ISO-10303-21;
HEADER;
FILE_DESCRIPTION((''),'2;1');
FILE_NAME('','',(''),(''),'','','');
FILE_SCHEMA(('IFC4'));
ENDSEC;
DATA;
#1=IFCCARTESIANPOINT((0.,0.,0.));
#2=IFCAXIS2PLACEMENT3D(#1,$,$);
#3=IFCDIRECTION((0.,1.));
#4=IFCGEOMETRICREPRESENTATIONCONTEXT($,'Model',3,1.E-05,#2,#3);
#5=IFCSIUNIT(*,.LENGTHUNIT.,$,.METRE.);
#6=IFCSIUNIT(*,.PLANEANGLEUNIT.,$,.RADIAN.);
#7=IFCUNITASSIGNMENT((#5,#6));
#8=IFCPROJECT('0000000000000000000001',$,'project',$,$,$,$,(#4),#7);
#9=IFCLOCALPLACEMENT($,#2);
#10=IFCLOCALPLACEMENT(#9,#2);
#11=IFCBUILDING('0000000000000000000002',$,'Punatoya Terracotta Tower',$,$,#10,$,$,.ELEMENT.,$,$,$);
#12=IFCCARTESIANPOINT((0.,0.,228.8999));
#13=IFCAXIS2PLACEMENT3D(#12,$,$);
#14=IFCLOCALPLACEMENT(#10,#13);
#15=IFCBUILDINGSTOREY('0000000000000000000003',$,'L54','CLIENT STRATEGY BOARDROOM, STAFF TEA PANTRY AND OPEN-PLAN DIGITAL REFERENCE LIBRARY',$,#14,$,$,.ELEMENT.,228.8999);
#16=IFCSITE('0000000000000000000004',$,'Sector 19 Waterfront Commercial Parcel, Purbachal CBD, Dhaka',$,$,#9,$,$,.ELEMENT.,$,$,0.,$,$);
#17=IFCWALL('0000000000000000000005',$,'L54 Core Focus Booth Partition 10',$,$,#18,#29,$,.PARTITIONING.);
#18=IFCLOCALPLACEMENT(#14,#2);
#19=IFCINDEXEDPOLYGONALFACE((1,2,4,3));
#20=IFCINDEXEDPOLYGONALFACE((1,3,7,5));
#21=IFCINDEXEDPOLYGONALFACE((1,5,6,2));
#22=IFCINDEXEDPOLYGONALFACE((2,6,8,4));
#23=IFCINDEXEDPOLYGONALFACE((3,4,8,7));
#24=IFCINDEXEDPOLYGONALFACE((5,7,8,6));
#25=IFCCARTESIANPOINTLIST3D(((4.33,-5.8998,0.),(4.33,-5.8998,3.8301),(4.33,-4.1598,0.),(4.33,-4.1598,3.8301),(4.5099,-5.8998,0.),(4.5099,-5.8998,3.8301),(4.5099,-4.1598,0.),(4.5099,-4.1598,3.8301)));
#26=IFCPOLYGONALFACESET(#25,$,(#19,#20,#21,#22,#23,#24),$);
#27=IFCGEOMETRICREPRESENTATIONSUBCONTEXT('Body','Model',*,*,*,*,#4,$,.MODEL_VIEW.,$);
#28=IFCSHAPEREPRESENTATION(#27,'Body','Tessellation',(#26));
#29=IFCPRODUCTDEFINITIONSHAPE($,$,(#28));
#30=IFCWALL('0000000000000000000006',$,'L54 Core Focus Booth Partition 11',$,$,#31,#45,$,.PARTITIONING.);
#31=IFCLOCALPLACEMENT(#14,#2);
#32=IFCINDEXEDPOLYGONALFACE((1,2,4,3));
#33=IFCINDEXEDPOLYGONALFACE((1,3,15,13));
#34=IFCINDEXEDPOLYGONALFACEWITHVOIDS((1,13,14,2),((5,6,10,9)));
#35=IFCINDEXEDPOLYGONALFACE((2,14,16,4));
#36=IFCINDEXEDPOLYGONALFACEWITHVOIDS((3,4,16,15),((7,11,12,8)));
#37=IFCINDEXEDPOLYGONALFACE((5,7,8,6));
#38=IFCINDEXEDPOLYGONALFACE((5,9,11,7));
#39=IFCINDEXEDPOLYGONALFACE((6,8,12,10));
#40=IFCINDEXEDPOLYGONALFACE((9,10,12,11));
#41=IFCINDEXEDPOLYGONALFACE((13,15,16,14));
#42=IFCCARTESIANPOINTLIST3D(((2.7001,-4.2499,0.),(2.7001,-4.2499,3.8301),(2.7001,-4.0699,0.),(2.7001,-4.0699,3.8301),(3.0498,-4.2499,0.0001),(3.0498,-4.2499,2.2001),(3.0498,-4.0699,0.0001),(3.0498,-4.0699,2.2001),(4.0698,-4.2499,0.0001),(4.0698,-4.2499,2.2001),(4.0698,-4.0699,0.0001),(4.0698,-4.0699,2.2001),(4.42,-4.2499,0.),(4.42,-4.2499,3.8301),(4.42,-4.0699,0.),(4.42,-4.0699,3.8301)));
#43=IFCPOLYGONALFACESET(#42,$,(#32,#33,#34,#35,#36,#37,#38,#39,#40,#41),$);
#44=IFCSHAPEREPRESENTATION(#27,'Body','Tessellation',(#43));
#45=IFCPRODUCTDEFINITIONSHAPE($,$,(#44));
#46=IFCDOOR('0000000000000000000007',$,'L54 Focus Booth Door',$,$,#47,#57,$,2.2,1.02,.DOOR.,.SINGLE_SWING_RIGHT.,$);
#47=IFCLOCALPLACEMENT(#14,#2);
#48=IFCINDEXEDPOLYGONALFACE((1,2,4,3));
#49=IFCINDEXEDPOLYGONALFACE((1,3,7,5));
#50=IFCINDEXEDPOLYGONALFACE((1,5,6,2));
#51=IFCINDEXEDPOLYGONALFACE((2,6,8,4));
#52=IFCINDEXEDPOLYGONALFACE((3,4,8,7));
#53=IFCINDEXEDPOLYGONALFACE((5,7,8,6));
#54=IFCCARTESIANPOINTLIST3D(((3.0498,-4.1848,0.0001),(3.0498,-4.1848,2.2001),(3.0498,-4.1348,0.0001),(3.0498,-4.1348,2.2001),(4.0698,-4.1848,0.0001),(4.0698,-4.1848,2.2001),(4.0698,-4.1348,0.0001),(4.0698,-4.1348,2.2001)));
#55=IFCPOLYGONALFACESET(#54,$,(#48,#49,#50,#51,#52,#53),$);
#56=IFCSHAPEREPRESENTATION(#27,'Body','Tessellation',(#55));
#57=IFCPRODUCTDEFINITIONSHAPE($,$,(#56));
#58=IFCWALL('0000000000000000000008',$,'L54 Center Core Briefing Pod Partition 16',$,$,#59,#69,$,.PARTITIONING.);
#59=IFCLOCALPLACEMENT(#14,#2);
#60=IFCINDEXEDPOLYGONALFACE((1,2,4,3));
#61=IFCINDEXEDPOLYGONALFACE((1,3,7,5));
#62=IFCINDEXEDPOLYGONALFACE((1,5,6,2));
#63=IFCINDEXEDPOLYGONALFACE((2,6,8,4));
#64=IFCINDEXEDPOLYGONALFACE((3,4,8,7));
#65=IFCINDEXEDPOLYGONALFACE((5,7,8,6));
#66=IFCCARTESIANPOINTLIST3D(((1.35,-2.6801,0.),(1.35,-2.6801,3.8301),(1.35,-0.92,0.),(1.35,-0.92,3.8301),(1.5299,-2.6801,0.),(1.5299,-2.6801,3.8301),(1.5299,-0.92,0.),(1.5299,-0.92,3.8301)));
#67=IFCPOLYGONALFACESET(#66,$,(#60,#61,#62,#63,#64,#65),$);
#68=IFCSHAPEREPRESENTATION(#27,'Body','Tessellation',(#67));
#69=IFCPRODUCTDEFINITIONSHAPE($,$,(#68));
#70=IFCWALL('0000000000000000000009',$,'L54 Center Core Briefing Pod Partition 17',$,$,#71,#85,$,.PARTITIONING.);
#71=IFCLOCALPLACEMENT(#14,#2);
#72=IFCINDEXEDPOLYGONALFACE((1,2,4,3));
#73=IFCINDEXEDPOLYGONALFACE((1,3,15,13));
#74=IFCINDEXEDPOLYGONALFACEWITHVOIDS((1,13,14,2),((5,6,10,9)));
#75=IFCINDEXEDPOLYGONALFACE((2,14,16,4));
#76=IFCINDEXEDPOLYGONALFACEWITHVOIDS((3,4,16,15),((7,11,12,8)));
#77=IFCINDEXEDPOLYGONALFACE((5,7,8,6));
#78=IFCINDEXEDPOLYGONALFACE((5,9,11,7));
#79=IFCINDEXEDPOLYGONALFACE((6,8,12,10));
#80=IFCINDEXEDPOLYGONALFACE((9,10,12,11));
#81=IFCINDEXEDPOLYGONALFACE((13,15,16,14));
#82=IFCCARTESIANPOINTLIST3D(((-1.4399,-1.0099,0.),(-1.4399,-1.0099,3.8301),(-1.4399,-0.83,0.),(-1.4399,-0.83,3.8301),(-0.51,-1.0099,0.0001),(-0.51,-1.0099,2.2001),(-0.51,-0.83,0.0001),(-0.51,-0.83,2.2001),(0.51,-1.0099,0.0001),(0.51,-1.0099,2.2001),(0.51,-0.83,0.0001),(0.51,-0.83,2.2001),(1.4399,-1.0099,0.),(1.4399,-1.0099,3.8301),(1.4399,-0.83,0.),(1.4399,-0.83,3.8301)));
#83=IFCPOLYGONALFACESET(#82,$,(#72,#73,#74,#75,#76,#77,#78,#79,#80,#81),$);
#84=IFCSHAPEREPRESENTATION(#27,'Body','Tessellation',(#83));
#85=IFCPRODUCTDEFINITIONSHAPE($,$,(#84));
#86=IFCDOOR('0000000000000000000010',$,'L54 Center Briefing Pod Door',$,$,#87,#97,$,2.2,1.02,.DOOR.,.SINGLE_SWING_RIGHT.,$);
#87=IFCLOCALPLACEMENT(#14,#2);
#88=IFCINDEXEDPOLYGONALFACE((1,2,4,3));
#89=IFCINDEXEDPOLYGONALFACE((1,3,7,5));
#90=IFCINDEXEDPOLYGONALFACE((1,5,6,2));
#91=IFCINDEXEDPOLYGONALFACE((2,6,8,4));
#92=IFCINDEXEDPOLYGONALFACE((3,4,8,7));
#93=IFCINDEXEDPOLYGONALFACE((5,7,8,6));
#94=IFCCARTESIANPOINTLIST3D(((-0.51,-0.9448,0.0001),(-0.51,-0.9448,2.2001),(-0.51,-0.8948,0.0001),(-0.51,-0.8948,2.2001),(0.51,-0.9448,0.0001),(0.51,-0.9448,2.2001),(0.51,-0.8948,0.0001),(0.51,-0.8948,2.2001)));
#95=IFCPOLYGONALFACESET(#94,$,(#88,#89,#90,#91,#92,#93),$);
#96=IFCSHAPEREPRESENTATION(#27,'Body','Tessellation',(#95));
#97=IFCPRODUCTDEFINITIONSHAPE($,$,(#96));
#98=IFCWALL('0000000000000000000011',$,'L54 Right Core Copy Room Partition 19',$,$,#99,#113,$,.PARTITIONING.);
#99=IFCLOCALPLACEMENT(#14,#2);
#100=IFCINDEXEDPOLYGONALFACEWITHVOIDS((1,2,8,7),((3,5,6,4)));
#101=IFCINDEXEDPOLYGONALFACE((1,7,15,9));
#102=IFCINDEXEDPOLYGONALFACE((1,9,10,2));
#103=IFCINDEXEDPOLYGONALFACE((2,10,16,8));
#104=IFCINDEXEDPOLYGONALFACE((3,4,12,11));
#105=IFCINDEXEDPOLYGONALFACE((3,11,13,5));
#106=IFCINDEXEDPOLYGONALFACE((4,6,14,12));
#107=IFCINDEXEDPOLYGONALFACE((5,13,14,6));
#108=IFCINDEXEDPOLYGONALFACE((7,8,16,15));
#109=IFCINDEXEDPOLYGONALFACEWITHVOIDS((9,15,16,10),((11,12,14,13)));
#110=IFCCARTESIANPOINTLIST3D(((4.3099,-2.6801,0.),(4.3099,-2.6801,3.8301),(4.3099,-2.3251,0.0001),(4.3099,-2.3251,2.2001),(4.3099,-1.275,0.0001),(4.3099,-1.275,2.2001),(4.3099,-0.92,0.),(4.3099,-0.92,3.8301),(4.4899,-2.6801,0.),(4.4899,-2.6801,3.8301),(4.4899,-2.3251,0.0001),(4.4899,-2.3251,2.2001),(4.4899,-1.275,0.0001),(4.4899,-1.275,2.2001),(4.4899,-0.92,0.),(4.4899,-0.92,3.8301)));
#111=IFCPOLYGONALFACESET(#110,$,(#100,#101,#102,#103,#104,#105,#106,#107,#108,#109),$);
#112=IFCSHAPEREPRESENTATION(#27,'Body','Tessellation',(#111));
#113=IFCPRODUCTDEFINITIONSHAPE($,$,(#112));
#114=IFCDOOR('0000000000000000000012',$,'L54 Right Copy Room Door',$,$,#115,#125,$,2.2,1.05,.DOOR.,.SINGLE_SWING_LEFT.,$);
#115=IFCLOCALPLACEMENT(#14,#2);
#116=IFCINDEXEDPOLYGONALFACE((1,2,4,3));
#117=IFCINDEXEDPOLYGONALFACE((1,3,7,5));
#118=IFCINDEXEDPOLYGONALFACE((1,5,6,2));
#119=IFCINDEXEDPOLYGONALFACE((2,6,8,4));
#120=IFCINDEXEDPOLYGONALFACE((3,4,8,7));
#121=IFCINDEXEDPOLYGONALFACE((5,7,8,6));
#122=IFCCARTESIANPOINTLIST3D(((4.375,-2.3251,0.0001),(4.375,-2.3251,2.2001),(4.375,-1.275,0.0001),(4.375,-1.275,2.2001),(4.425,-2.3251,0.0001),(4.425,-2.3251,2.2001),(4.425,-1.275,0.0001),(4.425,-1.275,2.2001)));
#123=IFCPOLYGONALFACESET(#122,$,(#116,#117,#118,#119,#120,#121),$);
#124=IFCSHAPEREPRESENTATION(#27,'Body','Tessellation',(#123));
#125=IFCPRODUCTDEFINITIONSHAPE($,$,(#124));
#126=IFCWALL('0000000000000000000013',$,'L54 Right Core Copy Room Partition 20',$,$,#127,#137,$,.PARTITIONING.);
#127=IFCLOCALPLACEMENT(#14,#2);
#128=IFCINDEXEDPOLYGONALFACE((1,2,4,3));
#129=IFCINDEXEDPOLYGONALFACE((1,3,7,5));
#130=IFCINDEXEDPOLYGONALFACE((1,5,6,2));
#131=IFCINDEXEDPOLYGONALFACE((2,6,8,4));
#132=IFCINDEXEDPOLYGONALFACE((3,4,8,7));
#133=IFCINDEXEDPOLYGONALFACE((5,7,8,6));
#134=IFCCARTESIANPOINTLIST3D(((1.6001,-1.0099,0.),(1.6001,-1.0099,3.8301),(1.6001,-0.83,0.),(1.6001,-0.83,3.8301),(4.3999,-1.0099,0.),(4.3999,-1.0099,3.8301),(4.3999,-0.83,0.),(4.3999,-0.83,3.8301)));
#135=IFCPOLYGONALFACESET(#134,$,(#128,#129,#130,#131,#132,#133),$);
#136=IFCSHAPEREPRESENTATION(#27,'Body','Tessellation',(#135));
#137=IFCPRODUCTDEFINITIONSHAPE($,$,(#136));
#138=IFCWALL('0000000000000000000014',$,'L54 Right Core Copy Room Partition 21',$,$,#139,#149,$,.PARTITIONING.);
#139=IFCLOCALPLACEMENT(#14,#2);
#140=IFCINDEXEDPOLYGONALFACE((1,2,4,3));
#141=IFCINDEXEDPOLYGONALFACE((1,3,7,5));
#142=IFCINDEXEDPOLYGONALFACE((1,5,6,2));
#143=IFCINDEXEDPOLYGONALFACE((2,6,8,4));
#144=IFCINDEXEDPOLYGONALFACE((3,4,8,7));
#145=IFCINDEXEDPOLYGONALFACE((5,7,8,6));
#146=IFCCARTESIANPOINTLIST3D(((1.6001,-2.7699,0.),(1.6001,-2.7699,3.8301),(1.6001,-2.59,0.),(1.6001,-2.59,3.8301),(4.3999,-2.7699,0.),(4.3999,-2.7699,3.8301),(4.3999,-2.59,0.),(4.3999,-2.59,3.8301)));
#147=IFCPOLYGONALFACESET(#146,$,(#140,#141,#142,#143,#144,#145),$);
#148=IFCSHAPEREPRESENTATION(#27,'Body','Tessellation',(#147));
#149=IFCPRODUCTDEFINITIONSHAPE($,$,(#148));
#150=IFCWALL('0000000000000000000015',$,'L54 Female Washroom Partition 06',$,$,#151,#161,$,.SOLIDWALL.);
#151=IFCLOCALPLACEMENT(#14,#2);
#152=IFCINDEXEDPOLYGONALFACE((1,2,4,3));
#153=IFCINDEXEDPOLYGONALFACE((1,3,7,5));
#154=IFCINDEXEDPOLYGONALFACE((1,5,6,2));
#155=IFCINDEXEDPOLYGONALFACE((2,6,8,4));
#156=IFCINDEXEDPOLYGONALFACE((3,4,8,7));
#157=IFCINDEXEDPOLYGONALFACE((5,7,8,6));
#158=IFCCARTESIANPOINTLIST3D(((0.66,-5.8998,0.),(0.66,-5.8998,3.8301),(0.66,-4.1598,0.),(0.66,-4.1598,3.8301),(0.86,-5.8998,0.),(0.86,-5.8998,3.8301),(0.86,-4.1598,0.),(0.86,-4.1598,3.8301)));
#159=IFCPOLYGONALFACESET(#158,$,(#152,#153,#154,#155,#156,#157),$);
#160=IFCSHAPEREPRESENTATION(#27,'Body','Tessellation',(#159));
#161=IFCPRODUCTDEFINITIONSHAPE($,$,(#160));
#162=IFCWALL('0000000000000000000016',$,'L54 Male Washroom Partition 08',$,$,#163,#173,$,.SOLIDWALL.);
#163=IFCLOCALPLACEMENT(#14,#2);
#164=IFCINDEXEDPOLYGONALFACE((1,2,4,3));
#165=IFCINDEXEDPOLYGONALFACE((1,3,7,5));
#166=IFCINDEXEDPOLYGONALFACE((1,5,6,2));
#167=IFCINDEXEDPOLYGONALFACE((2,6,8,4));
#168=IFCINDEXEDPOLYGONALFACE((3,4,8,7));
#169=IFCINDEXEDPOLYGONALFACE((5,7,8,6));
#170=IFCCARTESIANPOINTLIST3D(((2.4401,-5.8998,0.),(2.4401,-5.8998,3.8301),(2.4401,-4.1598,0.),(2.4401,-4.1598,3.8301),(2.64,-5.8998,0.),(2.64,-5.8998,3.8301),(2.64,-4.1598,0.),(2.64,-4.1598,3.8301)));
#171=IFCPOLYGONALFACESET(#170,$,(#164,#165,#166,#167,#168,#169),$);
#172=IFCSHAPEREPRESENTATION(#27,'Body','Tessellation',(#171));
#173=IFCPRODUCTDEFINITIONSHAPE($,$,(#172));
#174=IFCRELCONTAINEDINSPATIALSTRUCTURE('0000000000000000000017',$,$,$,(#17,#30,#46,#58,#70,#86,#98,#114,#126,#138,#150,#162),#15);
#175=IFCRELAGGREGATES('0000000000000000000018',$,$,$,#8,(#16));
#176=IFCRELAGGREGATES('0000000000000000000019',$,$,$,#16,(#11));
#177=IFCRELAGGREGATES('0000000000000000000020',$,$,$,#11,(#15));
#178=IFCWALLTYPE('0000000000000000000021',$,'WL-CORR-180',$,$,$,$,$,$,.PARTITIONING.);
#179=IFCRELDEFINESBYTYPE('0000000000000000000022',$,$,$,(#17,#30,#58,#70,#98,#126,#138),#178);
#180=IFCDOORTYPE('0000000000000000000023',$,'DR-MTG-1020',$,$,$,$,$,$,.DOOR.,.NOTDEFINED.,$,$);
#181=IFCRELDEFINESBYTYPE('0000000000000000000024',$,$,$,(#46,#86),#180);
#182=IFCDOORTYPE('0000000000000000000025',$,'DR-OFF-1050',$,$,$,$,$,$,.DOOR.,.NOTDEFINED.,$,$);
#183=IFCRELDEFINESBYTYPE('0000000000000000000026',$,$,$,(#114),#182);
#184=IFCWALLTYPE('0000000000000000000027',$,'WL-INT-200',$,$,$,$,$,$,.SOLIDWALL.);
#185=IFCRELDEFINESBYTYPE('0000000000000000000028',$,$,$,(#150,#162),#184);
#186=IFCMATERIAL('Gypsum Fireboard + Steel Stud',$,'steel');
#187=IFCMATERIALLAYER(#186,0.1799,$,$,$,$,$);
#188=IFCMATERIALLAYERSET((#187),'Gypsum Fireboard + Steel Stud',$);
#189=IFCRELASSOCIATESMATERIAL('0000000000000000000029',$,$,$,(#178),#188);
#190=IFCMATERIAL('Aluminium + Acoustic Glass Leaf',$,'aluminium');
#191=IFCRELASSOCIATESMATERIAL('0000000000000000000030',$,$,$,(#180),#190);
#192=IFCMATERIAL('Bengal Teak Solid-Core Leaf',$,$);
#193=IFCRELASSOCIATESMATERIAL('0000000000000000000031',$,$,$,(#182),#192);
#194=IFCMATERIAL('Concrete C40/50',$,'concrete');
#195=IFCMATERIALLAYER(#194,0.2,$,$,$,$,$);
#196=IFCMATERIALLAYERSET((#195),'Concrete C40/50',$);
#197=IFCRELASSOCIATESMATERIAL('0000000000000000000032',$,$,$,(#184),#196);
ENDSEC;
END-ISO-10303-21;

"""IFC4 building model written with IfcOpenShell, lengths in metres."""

from ifc_helpers import new_model, si_unit, direction, frame, frame_2d, origin, place, context, subcontext, project, spatial, rectangle, extrude, material, layer, layer_set, type_object, element, fill, save


model = new_model("IFC4")

# Units and contexts
model_context = context("Model", 3, precision=1e-05, world=origin(), true_north=direction((0.0, 1.0)))
body_context = subcontext(model_context, "Body", "Model", "MODEL_VIEW")
ifc_project = project(units=[si_unit("LENGTHUNIT", "METRE"), si_unit("PLANEANGLEUNIT", "RADIAN")], contexts=[model_context])

# Site, building, storey
site_placement = place(None, origin())
site = spatial("IfcSite", under=ifc_project, at=site_placement, Name="Sector 19 Waterfront Commercial Parcel, Purbachal CBD, Dhaka", CompositionType="ELEMENT", RefElevation=0.0)
building_placement = place(site_placement, origin())
building = spatial("IfcBuilding", under=site, at=building_placement, Name="Punatoya Terracotta Tower", CompositionType="ELEMENT")
storey_placement = place(building_placement, frame((0.0, 0.0, 228.8999)))
storey = spatial("IfcBuildingStorey", under=building, at=storey_placement, Name="L54", Description="CLIENT STRATEGY BOARDROOM, STAFF TEA PANTRY AND OPEN-PLAN DIGITAL REFERENCE LIBRARY", CompositionType="ELEMENT", Elevation=228.8999)

# Wall
ifc_material_1 = material(Name="Gypsum Fireboard + Steel Stud", Category="steel")
ifc_layer_1 = layer(ifc_material_1, 0.1799)
ifc_layer_set_1 = layer_set([ifc_layer_1], Name="Gypsum Fireboard + Steel Stud")
wall_type_1 = type_object("IfcWallType", Name="WL-CORR-180", PredefinedType="PARTITIONING", material=ifc_layer_set_1)
wall_1_placement = place(storey_placement, frame((4.4199, -5.8999, 0.0), z_axis=(0.0, 0.0, 1.0), x_axis=(0.0, 1.0, 0.0)))
element("IfcWall", 1, at=wall_1_placement, inside=storey, type_object=wall_type_1, Name="L54 Core Focus Booth Partition 10", PredefinedType="PARTITIONING", context=body_context, shape_type="SweptSolid", body=[
    extrude(rectangle(XDim=1.74, YDim=0.1799, at=frame_2d((0.8701, 0.0))), origin(), (0.0, 0.0, 1.0), 3.8301),
])

# Wall, opening, door
wall_2_placement = place(storey_placement, frame((4.4199, -4.1599, 0.0), z_axis=(0.0, 0.0, 1.0), x_axis=(-1.0, 0.0, 0.0)))
wall_2 = element("IfcWall", 2, at=wall_2_placement, inside=storey, type_object=wall_type_1, Name="L54 Core Focus Booth Partition 11", PredefinedType="PARTITIONING", context=body_context, shape_type="SweptSolid", body=[
    extrude(rectangle(XDim=1.72, YDim=0.1799, at=frame_2d((0.8599, 0.0))), origin(), (0.0, 0.0, 1.0), 3.8301),
])
opening_1_placement = place(wall_2_placement, frame((0.3501, 0.0, 0.0)))
opening_1 = element("IfcOpeningElement", 3, at=opening_1_placement, cuts=wall_2, PredefinedType="OPENING", context=body_context, shape_type="SweptSolid", body=[
    extrude(rectangle(XDim=1.02, YDim=2.2, at=frame_2d((0.51, 1.1001))), frame((0.0, 0.0999, 0.0), z_axis=(0.0, -1.0, 0.0), x_axis=(1.0, 0.0, 0.0)), (0.0, 0.0, 1.0), 0.2),
])
ifc_material_2 = material(Name="Aluminium + Acoustic Glass Leaf", Category="aluminium")
door_type_1 = type_object("IfcDoorType", Name="DR-MTG-1020", OperationType="NOTDEFINED", PredefinedType="DOOR", material=ifc_material_2)
door_1_placement = place(opening_1_placement, origin())
door_1 = element("IfcDoor", 4, at=door_1_placement, inside=storey, type_object=door_type_1, Name="L54 Focus Booth Door", OperationType="SINGLE_SWING_RIGHT", OverallHeight=2.2, OverallWidth=1.02, PredefinedType="DOOR", context=body_context, shape_type="SweptSolid", body=[
    extrude(rectangle(XDim=1.02, YDim=2.2, at=frame_2d((0.51, 1.1001))), frame((0.0, 0.0249, 0.0), z_axis=(0.0, -1.0, 0.0), x_axis=(1.0, 0.0, 0.0)), (0.0, 0.0, 1.0), 0.05),
])
fill(opening_1, door_1)

# Wall
wall_3_placement = place(storey_placement, frame((1.4399, -2.6799, 0.0), z_axis=(0.0, 0.0, 1.0), x_axis=(0.0, 1.0, 0.0)))
element("IfcWall", 5, at=wall_3_placement, inside=storey, type_object=wall_type_1, Name="L54 Center Core Briefing Pod Partition 16", PredefinedType="PARTITIONING", context=body_context, shape_type="SweptSolid", body=[
    extrude(rectangle(XDim=1.76, YDim=0.1799, at=frame_2d((0.8799, 0.0))), origin(), (0.0, 0.0, 1.0), 3.8301),
])

# Walls, openings, doors
wall_4_placement = place(storey_placement, frame((1.4399, -0.9199, 0.0), z_axis=(0.0, 0.0, 1.0), x_axis=(-1.0, 0.0, 0.0)))
wall_4 = element("IfcWall", 6, at=wall_4_placement, inside=storey, type_object=wall_type_1, Name="L54 Center Core Briefing Pod Partition 17", PredefinedType="PARTITIONING", context=body_context, shape_type="SweptSolid", body=[
    extrude(rectangle(XDim=2.8799, YDim=0.1799, at=frame_2d((1.4399, 0.0))), origin(), (0.0, 0.0, 1.0), 3.8301),
])
opening_2_placement = place(wall_4_placement, frame((0.9299, 0.0, 0.0)))
opening_2 = element("IfcOpeningElement", 7, at=opening_2_placement, cuts=wall_4, PredefinedType="OPENING", context=body_context, shape_type="SweptSolid", body=[
    extrude(rectangle(XDim=1.02, YDim=2.2, at=frame_2d((0.51, 1.1001))), frame((0.0, 0.0999, 0.0), z_axis=(0.0, -1.0, 0.0), x_axis=(1.0, 0.0, 0.0)), (0.0, 0.0, 1.0), 0.2),
])
door_2_placement = place(opening_2_placement, origin())
door_2 = element("IfcDoor", 8, at=door_2_placement, inside=storey, type_object=door_type_1, Name="L54 Center Briefing Pod Door", OperationType="SINGLE_SWING_RIGHT", OverallHeight=2.2, OverallWidth=1.02, PredefinedType="DOOR", context=body_context, shape_type="SweptSolid", body=[
    extrude(rectangle(XDim=1.02, YDim=2.2, at=frame_2d((0.51, 1.1001))), frame((0.0, 0.0249, 0.0), z_axis=(0.0, -1.0, 0.0), x_axis=(1.0, 0.0, 0.0)), (0.0, 0.0, 1.0), 0.05),
])
fill(opening_2, door_2)
wall_5_placement = place(storey_placement, frame((4.3999, -2.6799, 0.0), z_axis=(0.0, 0.0, 1.0), x_axis=(0.0, 1.0, 0.0)))
wall_5 = element("IfcWall", 9, at=wall_5_placement, inside=storey, type_object=wall_type_1, Name="L54 Right Core Copy Room Partition 19", PredefinedType="PARTITIONING", context=body_context, shape_type="SweptSolid", body=[
    extrude(rectangle(XDim=1.76, YDim=0.1799, at=frame_2d((0.8799, 0.0))), origin(), (0.0, 0.0, 1.0), 3.8301),
])
opening_3_placement = place(wall_5_placement, frame((0.355, 0.0, 0.0)))
opening_3 = element("IfcOpeningElement", 10, at=opening_3_placement, cuts=wall_5, PredefinedType="OPENING", context=body_context, shape_type="SweptSolid", body=[
    extrude(rectangle(XDim=1.05, YDim=2.2, at=frame_2d((0.5249, 1.1001))), frame((0.0, 0.0999, 0.0), z_axis=(0.0, -1.0, 0.0), x_axis=(1.0, 0.0, 0.0)), (0.0, 0.0, 1.0), 0.2),
])
ifc_material_3 = material(Name="Bengal Teak Solid-Core Leaf")
door_type_2 = type_object("IfcDoorType", Name="DR-OFF-1050", OperationType="NOTDEFINED", PredefinedType="DOOR", material=ifc_material_3)
door_3_placement = place(opening_3_placement, origin())
door_3 = element("IfcDoor", 11, at=door_3_placement, inside=storey, type_object=door_type_2, Name="L54 Right Copy Room Door", OperationType="SINGLE_SWING_LEFT", OverallHeight=2.2, OverallWidth=1.05, PredefinedType="DOOR", context=body_context, shape_type="SweptSolid", body=[
    extrude(rectangle(XDim=1.05, YDim=2.2, at=frame_2d((0.5249, 1.1001))), frame((0.0, 0.0249, 0.0), z_axis=(0.0, -1.0, 0.0), x_axis=(1.0, 0.0, 0.0)), (0.0, 0.0, 1.0), 0.05),
])
fill(opening_3, door_3)

# Walls
for number, where, z_axis, x_axis, name in (
    (12, (4.3999, -0.9199, 0.0), (0.0, 0.0, 1.0), (-1.0, 0.0, 0.0), "L54 Right Core Copy Room Partition 20"),
    (13, (1.6001, -2.6799, 0.0), (0.0, 0.0, 1.0), (1.0, 0.0, 0.0), "L54 Right Core Copy Room Partition 21"),
):
    element("IfcWall", number, at=place(storey_placement, frame(where, z_axis=z_axis, x_axis=x_axis)), inside=storey, type_object=wall_type_1, Name=name, PredefinedType="PARTITIONING", context=body_context, shape_type="SweptSolid", body=[
        extrude(rectangle(XDim=2.7998, YDim=0.1799, at=frame_2d((1.3999, 0.0))), origin(), (0.0, 0.0, 1.0), 3.8301),
    ])
ifc_material_4 = material(Name="Concrete C40/50", Category="concrete")
ifc_layer_2 = layer(ifc_material_4, 0.2)
ifc_layer_set_2 = layer_set([ifc_layer_2], Name="Concrete C40/50")
wall_type_2 = type_object("IfcWallType", Name="WL-INT-200", PredefinedType="SOLIDWALL", material=ifc_layer_set_2)
wall_6_placement = place(storey_placement, frame((0.76, -5.8999, 0.0), z_axis=(0.0, 0.0, 1.0), x_axis=(0.0, 1.0, 0.0)))
element("IfcWall", 14, at=wall_6_placement, inside=storey, type_object=wall_type_2, Name="L54 Female Washroom Partition 06", PredefinedType="SOLIDWALL", context=body_context, shape_type="SweptSolid", body=[
    extrude(rectangle(XDim=1.74, YDim=0.2, at=frame_2d((0.8701, 0.0))), origin(), (0.0, 0.0, 1.0), 3.8301),
])

# Wall
wall_7_placement = place(storey_placement, frame((2.54, -5.8999, 0.0), z_axis=(0.0, 0.0, 1.0), x_axis=(0.0, 1.0, 0.0)))
element("IfcWall", 15, at=wall_7_placement, inside=storey, type_object=wall_type_2, Name="L54 Male Washroom Partition 08", PredefinedType="SOLIDWALL", context=body_context, shape_type="SweptSolid", body=[
    extrude(rectangle(XDim=1.74, YDim=0.2, at=frame_2d((0.8701, 0.0))), origin(), (0.0, 0.0, 1.0), 3.8301),
])

save(model, "model.ifc")
